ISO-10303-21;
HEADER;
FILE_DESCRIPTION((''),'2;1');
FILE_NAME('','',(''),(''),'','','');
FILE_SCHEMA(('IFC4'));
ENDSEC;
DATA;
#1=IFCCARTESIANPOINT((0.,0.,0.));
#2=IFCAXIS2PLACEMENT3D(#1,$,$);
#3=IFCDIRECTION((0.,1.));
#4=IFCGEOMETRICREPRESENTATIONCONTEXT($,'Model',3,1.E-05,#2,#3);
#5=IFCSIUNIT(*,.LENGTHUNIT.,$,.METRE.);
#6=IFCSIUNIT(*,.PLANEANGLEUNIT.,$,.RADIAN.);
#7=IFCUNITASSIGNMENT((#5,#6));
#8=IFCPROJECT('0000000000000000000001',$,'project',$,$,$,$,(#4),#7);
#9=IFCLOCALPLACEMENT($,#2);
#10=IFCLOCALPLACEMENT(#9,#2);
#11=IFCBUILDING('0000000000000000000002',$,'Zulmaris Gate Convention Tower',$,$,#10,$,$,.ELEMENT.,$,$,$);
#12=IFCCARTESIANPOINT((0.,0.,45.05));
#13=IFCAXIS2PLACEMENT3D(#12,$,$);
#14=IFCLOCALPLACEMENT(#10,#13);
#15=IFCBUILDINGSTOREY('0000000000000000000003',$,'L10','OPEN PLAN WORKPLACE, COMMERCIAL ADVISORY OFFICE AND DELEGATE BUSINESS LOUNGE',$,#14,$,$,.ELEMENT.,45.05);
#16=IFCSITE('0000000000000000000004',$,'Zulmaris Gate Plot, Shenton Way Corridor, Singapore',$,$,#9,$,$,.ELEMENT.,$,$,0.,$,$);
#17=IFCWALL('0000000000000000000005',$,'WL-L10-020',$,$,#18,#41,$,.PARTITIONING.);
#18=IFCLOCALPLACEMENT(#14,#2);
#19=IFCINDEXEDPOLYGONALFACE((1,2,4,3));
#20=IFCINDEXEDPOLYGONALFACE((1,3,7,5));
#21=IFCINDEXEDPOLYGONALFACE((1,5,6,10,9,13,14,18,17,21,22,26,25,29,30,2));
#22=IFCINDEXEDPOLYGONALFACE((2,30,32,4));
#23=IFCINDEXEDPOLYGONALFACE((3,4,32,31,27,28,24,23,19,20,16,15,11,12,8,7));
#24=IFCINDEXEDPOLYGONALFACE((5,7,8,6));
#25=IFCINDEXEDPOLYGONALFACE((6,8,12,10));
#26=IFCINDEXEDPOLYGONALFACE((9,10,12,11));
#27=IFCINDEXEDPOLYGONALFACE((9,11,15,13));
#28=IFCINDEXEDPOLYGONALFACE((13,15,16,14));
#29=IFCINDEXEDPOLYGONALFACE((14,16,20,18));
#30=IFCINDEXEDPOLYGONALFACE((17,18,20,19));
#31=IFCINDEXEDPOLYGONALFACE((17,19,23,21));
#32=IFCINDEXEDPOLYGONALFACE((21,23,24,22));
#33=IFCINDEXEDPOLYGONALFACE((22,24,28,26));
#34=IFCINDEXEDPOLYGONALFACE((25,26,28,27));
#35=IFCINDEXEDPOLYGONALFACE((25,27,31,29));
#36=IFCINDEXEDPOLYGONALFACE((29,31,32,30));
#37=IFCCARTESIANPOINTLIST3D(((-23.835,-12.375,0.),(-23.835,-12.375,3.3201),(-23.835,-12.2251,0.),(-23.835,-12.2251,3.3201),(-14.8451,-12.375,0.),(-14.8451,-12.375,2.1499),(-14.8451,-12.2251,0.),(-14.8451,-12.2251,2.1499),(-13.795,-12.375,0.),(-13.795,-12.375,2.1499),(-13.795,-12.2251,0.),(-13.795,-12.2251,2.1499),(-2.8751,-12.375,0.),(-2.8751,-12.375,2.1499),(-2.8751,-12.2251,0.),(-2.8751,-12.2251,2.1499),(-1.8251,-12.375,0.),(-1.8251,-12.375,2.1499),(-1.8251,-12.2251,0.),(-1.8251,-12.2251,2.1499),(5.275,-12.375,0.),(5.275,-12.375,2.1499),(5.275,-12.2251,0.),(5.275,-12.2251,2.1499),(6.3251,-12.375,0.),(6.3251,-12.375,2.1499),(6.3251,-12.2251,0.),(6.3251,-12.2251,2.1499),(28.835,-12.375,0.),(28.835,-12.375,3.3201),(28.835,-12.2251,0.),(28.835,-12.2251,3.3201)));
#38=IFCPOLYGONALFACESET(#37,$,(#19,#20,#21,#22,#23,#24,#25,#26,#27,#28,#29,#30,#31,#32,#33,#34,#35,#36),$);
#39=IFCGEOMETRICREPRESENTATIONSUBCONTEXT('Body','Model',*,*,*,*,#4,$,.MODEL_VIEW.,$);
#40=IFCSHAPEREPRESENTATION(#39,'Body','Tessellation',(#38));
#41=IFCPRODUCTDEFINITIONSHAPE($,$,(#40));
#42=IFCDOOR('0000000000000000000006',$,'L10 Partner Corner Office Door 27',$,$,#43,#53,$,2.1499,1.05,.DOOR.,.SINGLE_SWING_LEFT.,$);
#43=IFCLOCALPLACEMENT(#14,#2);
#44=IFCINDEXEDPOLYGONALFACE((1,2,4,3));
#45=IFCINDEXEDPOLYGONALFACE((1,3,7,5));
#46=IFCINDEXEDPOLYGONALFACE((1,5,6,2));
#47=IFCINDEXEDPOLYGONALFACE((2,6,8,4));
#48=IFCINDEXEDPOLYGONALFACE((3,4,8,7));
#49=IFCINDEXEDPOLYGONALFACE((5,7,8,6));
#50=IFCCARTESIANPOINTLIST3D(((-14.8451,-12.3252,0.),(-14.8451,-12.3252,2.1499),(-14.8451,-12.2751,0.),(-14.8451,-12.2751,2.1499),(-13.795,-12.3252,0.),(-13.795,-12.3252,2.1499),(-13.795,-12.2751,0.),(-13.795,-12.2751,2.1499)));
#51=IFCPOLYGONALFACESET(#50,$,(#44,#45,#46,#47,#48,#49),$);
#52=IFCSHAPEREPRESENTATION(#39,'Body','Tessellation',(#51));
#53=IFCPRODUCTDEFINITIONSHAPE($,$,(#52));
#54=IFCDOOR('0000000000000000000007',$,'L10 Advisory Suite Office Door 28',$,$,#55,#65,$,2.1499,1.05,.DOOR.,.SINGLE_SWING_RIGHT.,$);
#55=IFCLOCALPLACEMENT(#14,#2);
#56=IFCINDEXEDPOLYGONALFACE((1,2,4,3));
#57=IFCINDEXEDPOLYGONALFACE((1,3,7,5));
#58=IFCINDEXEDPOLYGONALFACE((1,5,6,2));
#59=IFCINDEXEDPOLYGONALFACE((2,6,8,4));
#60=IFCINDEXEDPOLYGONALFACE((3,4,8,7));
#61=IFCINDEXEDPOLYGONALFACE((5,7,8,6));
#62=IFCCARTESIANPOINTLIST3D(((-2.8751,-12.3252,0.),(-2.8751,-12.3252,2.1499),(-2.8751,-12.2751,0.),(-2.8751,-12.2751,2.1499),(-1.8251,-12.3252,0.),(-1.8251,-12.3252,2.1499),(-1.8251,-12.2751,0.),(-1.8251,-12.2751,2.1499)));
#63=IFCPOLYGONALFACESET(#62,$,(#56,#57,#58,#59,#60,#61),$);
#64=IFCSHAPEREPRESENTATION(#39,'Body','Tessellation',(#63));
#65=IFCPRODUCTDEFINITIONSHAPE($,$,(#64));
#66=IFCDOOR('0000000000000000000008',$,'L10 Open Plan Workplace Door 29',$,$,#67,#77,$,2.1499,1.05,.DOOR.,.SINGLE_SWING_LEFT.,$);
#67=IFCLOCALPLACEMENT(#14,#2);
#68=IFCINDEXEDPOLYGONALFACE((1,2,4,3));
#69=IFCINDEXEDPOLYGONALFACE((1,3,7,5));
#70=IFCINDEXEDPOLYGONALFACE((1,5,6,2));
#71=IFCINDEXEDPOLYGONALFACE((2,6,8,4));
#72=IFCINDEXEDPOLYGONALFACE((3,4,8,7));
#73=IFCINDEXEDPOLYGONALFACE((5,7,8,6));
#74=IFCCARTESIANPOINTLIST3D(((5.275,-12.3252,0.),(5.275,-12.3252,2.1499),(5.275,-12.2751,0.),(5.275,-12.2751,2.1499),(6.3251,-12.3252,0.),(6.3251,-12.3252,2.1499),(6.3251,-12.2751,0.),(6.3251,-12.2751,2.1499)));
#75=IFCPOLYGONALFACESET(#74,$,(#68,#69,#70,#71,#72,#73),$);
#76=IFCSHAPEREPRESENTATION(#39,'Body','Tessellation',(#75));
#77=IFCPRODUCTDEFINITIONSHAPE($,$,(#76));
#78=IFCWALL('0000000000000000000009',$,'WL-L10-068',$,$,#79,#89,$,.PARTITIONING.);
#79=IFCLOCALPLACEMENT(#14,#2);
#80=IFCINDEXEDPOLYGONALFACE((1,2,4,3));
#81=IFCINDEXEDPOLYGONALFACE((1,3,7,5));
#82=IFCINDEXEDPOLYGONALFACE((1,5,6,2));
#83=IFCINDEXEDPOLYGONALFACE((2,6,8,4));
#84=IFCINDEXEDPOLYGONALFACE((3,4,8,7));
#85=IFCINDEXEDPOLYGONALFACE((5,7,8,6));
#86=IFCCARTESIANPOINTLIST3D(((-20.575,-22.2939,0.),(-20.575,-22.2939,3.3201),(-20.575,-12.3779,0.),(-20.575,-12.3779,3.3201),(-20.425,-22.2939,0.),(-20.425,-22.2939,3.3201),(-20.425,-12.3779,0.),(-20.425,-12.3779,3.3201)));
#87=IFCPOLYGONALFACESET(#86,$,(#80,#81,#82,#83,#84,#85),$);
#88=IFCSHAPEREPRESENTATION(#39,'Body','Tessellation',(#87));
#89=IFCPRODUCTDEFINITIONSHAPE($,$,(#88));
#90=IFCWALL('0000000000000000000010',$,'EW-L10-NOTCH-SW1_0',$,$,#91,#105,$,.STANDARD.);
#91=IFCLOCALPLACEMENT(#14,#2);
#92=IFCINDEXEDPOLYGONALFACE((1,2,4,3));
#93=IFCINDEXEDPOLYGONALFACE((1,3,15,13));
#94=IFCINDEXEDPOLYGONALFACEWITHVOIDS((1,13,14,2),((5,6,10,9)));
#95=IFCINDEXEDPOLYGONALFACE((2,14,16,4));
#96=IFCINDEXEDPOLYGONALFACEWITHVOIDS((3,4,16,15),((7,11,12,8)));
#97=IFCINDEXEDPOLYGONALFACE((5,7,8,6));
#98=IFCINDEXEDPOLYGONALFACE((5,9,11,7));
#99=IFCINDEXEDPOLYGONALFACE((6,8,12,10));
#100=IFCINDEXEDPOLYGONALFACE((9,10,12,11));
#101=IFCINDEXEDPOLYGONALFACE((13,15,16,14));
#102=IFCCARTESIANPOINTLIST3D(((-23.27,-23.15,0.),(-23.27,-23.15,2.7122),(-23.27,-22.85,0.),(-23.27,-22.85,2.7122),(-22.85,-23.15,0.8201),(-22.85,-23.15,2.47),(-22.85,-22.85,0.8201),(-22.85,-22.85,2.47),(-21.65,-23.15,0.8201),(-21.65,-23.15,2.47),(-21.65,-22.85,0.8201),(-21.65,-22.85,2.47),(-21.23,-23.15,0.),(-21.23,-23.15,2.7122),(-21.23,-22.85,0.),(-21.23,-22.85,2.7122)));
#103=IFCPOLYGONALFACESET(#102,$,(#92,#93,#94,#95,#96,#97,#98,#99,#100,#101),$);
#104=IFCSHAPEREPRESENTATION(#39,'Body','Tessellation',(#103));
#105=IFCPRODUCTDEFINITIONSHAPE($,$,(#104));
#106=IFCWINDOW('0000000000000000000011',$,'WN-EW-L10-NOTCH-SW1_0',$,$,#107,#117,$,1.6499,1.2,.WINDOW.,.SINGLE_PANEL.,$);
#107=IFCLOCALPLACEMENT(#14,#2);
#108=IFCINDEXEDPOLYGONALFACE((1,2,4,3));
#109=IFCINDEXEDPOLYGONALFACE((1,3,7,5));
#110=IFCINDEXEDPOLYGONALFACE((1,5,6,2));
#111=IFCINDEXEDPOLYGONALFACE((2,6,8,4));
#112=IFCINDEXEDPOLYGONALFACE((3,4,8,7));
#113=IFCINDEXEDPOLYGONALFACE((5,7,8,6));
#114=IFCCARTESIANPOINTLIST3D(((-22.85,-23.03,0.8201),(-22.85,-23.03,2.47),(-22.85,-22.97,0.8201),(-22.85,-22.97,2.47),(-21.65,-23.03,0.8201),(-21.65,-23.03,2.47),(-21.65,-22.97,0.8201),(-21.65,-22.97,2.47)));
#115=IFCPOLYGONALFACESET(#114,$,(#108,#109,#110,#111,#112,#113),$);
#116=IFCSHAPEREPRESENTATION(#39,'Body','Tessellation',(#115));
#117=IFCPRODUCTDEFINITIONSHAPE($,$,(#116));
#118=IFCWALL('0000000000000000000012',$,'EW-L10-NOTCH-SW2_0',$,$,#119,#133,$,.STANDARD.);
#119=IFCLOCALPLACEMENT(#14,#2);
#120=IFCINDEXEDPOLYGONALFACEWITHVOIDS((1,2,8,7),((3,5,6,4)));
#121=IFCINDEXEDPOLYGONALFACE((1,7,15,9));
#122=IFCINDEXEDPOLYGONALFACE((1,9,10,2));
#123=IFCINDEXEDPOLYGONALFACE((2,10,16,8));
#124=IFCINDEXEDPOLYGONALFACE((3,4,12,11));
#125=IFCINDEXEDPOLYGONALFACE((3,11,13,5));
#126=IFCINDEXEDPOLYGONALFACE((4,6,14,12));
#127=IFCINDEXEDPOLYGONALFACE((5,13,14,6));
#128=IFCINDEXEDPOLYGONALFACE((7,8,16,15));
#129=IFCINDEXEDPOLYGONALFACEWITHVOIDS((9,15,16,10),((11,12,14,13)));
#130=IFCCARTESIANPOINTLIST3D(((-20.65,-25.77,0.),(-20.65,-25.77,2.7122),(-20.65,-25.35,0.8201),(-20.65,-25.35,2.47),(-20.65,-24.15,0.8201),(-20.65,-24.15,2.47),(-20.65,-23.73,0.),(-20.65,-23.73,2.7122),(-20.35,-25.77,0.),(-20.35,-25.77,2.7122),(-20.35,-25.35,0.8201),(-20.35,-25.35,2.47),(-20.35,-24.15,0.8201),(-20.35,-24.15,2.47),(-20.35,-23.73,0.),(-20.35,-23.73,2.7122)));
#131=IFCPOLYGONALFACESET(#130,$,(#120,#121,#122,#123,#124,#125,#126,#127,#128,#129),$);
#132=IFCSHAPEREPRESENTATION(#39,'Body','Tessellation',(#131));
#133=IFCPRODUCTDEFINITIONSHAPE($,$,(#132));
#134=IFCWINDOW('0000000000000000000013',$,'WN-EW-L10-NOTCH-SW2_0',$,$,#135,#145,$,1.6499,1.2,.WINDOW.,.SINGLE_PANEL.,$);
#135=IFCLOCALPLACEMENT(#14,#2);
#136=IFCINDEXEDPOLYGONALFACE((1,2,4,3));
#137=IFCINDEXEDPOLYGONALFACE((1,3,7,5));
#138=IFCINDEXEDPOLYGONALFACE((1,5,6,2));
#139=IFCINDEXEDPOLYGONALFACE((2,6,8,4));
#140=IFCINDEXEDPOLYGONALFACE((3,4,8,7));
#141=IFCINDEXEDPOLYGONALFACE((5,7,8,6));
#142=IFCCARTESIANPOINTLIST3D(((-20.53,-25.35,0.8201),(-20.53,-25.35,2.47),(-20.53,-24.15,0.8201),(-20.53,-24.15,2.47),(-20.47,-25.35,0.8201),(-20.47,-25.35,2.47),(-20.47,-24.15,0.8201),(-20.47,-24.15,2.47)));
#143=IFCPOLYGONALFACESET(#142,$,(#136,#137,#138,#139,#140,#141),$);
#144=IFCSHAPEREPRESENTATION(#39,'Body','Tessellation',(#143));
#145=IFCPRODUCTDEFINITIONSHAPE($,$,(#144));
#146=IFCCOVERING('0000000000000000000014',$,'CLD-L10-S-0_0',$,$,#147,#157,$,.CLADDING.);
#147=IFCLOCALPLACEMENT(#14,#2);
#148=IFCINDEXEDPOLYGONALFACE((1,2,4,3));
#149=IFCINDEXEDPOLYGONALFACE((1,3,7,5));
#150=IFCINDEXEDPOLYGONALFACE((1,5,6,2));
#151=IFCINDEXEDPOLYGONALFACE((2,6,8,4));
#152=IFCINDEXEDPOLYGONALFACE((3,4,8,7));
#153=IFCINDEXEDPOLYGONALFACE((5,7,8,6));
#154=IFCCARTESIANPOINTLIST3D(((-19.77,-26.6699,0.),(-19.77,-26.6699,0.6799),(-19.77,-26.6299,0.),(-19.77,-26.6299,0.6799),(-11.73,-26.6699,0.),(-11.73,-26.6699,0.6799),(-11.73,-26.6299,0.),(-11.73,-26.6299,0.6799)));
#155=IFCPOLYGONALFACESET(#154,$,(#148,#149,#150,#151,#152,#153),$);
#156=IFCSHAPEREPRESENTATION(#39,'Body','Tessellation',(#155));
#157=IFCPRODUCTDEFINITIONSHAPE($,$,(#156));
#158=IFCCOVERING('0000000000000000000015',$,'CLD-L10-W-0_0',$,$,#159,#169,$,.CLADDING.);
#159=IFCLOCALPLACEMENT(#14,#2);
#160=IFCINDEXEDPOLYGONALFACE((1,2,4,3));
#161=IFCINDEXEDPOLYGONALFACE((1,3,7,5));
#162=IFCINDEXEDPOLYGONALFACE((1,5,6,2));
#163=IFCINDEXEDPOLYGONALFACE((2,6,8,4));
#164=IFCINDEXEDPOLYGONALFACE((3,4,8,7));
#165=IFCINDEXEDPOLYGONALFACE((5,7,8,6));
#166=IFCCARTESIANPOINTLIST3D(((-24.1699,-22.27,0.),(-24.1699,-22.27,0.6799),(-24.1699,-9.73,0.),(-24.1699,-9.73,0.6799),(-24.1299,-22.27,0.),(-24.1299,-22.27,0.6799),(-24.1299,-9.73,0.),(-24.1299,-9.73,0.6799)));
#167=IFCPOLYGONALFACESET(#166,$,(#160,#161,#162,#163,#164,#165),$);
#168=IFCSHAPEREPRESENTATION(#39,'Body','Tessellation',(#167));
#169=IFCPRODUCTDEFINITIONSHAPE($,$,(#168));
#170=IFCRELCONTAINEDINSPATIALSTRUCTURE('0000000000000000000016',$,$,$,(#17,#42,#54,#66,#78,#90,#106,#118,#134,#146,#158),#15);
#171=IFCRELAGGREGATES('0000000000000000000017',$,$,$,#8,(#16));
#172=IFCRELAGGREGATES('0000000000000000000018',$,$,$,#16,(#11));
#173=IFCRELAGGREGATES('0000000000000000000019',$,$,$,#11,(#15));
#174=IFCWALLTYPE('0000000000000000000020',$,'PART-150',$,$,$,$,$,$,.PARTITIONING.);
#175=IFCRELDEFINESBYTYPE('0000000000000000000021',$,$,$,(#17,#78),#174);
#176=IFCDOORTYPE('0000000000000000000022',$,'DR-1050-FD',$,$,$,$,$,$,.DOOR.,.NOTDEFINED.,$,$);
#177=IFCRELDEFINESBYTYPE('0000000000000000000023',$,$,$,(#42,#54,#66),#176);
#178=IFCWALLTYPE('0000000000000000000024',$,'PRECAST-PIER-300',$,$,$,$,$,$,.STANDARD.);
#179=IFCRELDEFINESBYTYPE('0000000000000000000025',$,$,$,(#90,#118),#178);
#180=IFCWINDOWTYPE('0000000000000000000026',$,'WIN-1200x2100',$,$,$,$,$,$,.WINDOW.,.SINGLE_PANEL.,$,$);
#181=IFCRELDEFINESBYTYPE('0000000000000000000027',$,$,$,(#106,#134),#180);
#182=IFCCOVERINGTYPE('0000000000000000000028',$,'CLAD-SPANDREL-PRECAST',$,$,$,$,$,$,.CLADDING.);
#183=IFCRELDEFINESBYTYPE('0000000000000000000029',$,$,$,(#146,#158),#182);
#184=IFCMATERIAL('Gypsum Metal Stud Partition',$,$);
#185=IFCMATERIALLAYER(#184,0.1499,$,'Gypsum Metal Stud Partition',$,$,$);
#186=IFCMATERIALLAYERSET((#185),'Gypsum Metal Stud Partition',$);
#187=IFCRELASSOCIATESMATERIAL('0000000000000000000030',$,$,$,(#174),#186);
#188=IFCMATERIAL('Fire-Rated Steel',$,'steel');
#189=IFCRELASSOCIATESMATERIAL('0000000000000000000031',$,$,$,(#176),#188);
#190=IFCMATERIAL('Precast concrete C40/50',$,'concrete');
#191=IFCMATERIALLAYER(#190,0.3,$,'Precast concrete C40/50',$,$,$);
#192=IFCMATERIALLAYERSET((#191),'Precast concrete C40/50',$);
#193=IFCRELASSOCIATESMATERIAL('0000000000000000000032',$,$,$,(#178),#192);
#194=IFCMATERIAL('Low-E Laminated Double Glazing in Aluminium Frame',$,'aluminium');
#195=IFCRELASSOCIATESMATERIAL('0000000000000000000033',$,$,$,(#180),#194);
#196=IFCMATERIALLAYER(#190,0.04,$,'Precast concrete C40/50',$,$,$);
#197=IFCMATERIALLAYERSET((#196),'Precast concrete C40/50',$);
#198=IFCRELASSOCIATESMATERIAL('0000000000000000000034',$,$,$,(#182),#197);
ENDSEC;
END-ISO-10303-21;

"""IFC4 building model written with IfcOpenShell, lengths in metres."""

from ifc_helpers import new_model, si_unit, direction, frame, frame_2d, origin, place, context, subcontext, project, spatial, rectangle, extrude, material, layer, layer_set, type_object, element, fill, save


model = new_model("IFC4")

# Units and contexts
model_context = context("Model", 3, precision=1e-05, world=origin(), true_north=direction((0.0, 1.0)))
body_context = subcontext(model_context, "Body", "Model", "MODEL_VIEW")
ifc_project = project(units=[si_unit("LENGTHUNIT", "METRE"), si_unit("PLANEANGLEUNIT", "RADIAN")], contexts=[model_context])

# Site, building, storey
site_placement = place(None, origin())
site = spatial("IfcSite", under=ifc_project, at=site_placement, Name="Zulmaris Gate Plot, Shenton Way Corridor, Singapore", CompositionType="ELEMENT", RefElevation=0.0)
building_placement = place(site_placement, origin())
building = spatial("IfcBuilding", under=site, at=building_placement, Name="Zulmaris Gate Convention Tower", CompositionType="ELEMENT")
storey_placement = place(building_placement, frame((0.0, 0.0, 45.05)))
storey = spatial("IfcBuildingStorey", under=building, at=storey_placement, Name="L10", Description="OPEN PLAN WORKPLACE, COMMERCIAL ADVISORY OFFICE AND DELEGATE BUSINESS LOUNGE", CompositionType="ELEMENT", Elevation=45.05)

# Wall, openings, doors
ifc_material_1 = material(Name="Gypsum Metal Stud Partition")
ifc_layer_1 = layer(ifc_material_1, 0.1499, Name="Gypsum Metal Stud Partition")
ifc_layer_set_1 = layer_set([ifc_layer_1], Name="Gypsum Metal Stud Partition")
wall_type_1 = type_object("IfcWallType", Name="PART-150", PredefinedType="PARTITIONING", material=ifc_layer_set_1)
wall_1_placement = place(storey_placement, frame((-23.835, -12.3, 0.0), z_axis=(0.0, 0.0, 1.0), x_axis=(1.0, 0.0, 0.0)))
wall_1 = element("IfcWall", 1, at=wall_1_placement, inside=storey, type_object=wall_type_1, Name="WL-L10-020", PredefinedType="PARTITIONING", context=body_context, shape_type="SweptSolid", body=[
    extrude(rectangle(XDim=52.6699, YDim=0.1499, at=frame_2d((26.335, 0.0))), origin(), (0.0, 0.0, 1.0), 3.3201),
])
opening_1_placement = place(wall_1_placement, frame((8.99, 0.0, 0.0)))
opening_1 = element("IfcOpeningElement", 2, at=opening_1_placement, cuts=wall_1, PredefinedType="OPENING", context=body_context, shape_type="SweptSolid", body=[
    extrude(rectangle(XDim=1.05, YDim=2.1499, at=frame_2d((0.5249, 1.075))), frame((0.0, 0.085, 0.0), z_axis=(0.0, -1.0, 0.0), x_axis=(1.0, 0.0, 0.0)), (0.0, 0.0, 1.0), 0.1699),
])
opening_2_placement = place(wall_1_placement, frame((20.96, 0.0, 0.0)))
opening_2 = element("IfcOpeningElement", 3, at=opening_2_placement, cuts=wall_1, PredefinedType="OPENING", context=body_context, shape_type="SweptSolid", body=[
    extrude(rectangle(XDim=1.05, YDim=2.1499, at=frame_2d((0.5249, 1.075))), frame((0.0, 0.085, 0.0), z_axis=(0.0, -1.0, 0.0), x_axis=(1.0, 0.0, 0.0)), (0.0, 0.0, 1.0), 0.1699),
])
opening_3_placement = place(wall_1_placement, frame((29.1101, 0.0, 0.0)))
opening_3 = element("IfcOpeningElement", 4, at=opening_3_placement, cuts=wall_1, PredefinedType="OPENING", context=body_context, shape_type="SweptSolid", body=[
    extrude(rectangle(XDim=1.05, YDim=2.1499, at=frame_2d((0.5249, 1.075))), frame((0.0, 0.085, 0.0), z_axis=(0.0, -1.0, 0.0), x_axis=(1.0, 0.0, 0.0)), (0.0, 0.0, 1.0), 0.1699),
])
ifc_material_2 = material(Name="Fire-Rated Steel", Category="steel")
door_type_1 = type_object("IfcDoorType", Name="DR-1050-FD", OperationType="NOTDEFINED", PredefinedType="DOOR", material=ifc_material_2)
door_1_placement = place(opening_1_placement, origin())
door_1 = element("IfcDoor", 5, at=door_1_placement, inside=storey, type_object=door_type_1, Name="L10 Partner Corner Office Door 27", OperationType="SINGLE_SWING_LEFT", OverallHeight=2.1499, OverallWidth=1.05, PredefinedType="DOOR", context=body_context, shape_type="SweptSolid", body=[
    extrude(rectangle(XDim=1.05, YDim=2.1499, at=frame_2d((0.5249, 1.075))), frame((0.0, 0.0249, 0.0), z_axis=(0.0, -1.0, 0.0), x_axis=(1.0, 0.0, 0.0)), (0.0, 0.0, 1.0), 0.05),
])
fill(opening_1, door_1)
door_2_placement = place(opening_2_placement, origin())
door_2 = element("IfcDoor", 6, at=door_2_placement, inside=storey, type_object=door_type_1, Name="L10 Advisory Suite Office Door 28", OperationType="SINGLE_SWING_RIGHT", OverallHeight=2.1499, OverallWidth=1.05, PredefinedType="DOOR", context=body_context, shape_type="SweptSolid", body=[
    extrude(rectangle(XDim=1.05, YDim=2.1499, at=frame_2d((0.5249, 1.075))), frame((0.0, 0.0249, 0.0), z_axis=(0.0, -1.0, 0.0), x_axis=(1.0, 0.0, 0.0)), (0.0, 0.0, 1.0), 0.05),
])
fill(opening_2, door_2)
door_3_placement = place(opening_3_placement, origin())
door_3 = element("IfcDoor", 7, at=door_3_placement, inside=storey, type_object=door_type_1, Name="L10 Open Plan Workplace Door 29", OperationType="SINGLE_SWING_LEFT", OverallHeight=2.1499, OverallWidth=1.05, PredefinedType="DOOR", context=body_context, shape_type="SweptSolid", body=[
    extrude(rectangle(XDim=1.05, YDim=2.1499, at=frame_2d((0.5249, 1.075))), frame((0.0, 0.0249, 0.0), z_axis=(0.0, -1.0, 0.0), x_axis=(1.0, 0.0, 0.0)), (0.0, 0.0, 1.0), 0.05),
])
fill(opening_3, door_3)

# Wall
wall_2_placement = place(storey_placement, frame((-20.5, -22.2939, 0.0), z_axis=(0.0, 0.0, 1.0), x_axis=(0.0, 1.0, 0.0)))
element("IfcWall", 8, at=wall_2_placement, inside=storey, type_object=wall_type_1, Name="WL-L10-068", PredefinedType="PARTITIONING", context=body_context, shape_type="SweptSolid", body=[
    extrude(rectangle(XDim=9.916, YDim=0.1499, at=frame_2d((4.958, 0.0))), origin(), (0.0, 0.0, 1.0), 3.3201),
])

# Walls, openings, windows
ifc_material_3 = material(Name="Precast concrete C40/50", Category="concrete")
ifc_layer_2 = layer(ifc_material_3, 0.3, Name="Precast concrete C40/50")
ifc_layer_set_2 = layer_set([ifc_layer_2], Name="Precast concrete C40/50")
wall_type_2 = type_object("IfcWallType", Name="PRECAST-PIER-300", PredefinedType="STANDARD", material=ifc_layer_set_2)
wall_3_placement = place(storey_placement, frame((-23.27, -23.0, 0.0), z_axis=(0.0, 0.0, 1.0), x_axis=(1.0, 0.0, 0.0)))
wall_3 = element("IfcWall", 9, at=wall_3_placement, inside=storey, type_object=wall_type_2, Name="EW-L10-NOTCH-SW1_0", PredefinedType="STANDARD", context=body_context, shape_type="SweptSolid", body=[
    extrude(rectangle(XDim=2.04, YDim=0.3, at=frame_2d((1.02, 0.0))), origin(), (0.0, 0.0, 1.0), 2.7122),
])
opening_4_placement = place(wall_3_placement, frame((0.4199, 0.0, 0.8201)))
opening_4 = element("IfcOpeningElement", 10, at=opening_4_placement, cuts=wall_3, PredefinedType="OPENING", context=body_context, shape_type="SweptSolid", body=[
    extrude(rectangle(XDim=1.2, YDim=1.6499, at=frame_2d((0.6001, 0.825))), frame((0.0, 0.1602, 0.0), z_axis=(0.0, -1.0, 0.0), x_axis=(1.0, 0.0, 0.0)), (0.0, 0.0, 1.0), 0.3201),
])
ifc_material_4 = material(Name="Low-E Laminated Double Glazing in Aluminium Frame", Category="aluminium")
window_type = type_object("IfcWindowType", Name="WIN-1200x2100", PartitioningType="SINGLE_PANEL", PredefinedType="WINDOW", material=ifc_material_4)
window_1_placement = place(opening_4_placement, origin())
window_1 = element("IfcWindow", 11, at=window_1_placement, inside=storey, type_object=window_type, Name="WN-EW-L10-NOTCH-SW1_0", OverallHeight=1.6499, OverallWidth=1.2, PartitioningType="SINGLE_PANEL", PredefinedType="WINDOW", context=body_context, shape_type="SweptSolid", body=[
    extrude(rectangle(XDim=1.2, YDim=1.6499, at=frame_2d((0.6001, 0.825))), frame((0.0, 0.03, 0.0), z_axis=(0.0, -1.0, 0.0), x_axis=(1.0, 0.0, 0.0)), (0.0, 0.0, 1.0), 0.0601),
])
fill(opening_4, window_1)
wall_4_placement = place(storey_placement, frame((-20.5, -23.73, 0.0), z_axis=(0.0, 0.0, 1.0), x_axis=(0.0, -1.0, 0.0)))
wall_4 = element("IfcWall", 12, at=wall_4_placement, inside=storey, type_object=wall_type_2, Name="EW-L10-NOTCH-SW2_0", PredefinedType="STANDARD", context=body_context, shape_type="SweptSolid", body=[
    extrude(rectangle(XDim=2.04, YDim=0.3, at=frame_2d((1.02, 0.0))), origin(), (0.0, 0.0, 1.0), 2.7122),
])
opening_5_placement = place(wall_4_placement, frame((0.4199, 0.0, 0.8201)))
opening_5 = element("IfcOpeningElement", 13, at=opening_5_placement, cuts=wall_4, PredefinedType="OPENING", context=body_context, shape_type="SweptSolid", body=[
    extrude(rectangle(XDim=1.2, YDim=1.6499, at=frame_2d((0.6001, 0.825))), frame((0.0, 0.1602, 0.0), z_axis=(0.0, -1.0, 0.0), x_axis=(1.0, 0.0, 0.0)), (0.0, 0.0, 1.0), 0.3201),
])
window_2_placement = place(opening_5_placement, origin())
window_2 = element("IfcWindow", 14, at=window_2_placement, inside=storey, type_object=window_type, Name="WN-EW-L10-NOTCH-SW2_0", OverallHeight=1.6499, OverallWidth=1.2, PartitioningType="SINGLE_PANEL", PredefinedType="WINDOW", context=body_context, shape_type="SweptSolid", body=[
    extrude(rectangle(XDim=1.2, YDim=1.6499, at=frame_2d((0.6001, 0.825))), frame((0.0, 0.03, 0.0), z_axis=(0.0, -1.0, 0.0), x_axis=(1.0, 0.0, 0.0)), (0.0, 0.0, 1.0), 0.0601),
])
fill(opening_5, window_2)

# Coverings
ifc_layer_3 = layer(ifc_material_3, 0.04, Name="Precast concrete C40/50")
ifc_layer_set_3 = layer_set([ifc_layer_3], Name="Precast concrete C40/50")
covering_type_1 = type_object("IfcCoveringType", Name="CLAD-SPANDREL-PRECAST", PredefinedType="CLADDING", material=ifc_layer_set_3)
covering_1_placement = place(storey_placement, frame((-19.77, -26.6499, 0.0), z_axis=(0.0, 0.0, 1.0), x_axis=(1.0, 0.0, 0.0)))
element("IfcCovering", 15, at=covering_1_placement, inside=storey, type_object=covering_type_1, Name="CLD-L10-S-0_0", PredefinedType="CLADDING", context=body_context, shape_type="SweptSolid", body=[
    extrude(rectangle(XDim=8.04, YDim=0.04, at=frame_2d((4.02, 0.0))), origin(), (0.0, 0.0, 1.0), 0.6799),
])
covering_2_placement = place(storey_placement, frame((-24.1499, -9.73, 0.0), z_axis=(0.0, 0.0, 1.0), x_axis=(0.0, -1.0, 0.0)))
element("IfcCovering", 16, at=covering_2_placement, inside=storey, type_object=covering_type_1, Name="CLD-L10-W-0_0", PredefinedType="CLADDING", context=body_context, shape_type="SweptSolid", body=[
    extrude(rectangle(XDim=12.54, YDim=0.04, at=frame_2d((6.27, 0.0))), origin(), (0.0, 0.0, 1.0), 0.6799),
])

save(model, "model.ifc")
